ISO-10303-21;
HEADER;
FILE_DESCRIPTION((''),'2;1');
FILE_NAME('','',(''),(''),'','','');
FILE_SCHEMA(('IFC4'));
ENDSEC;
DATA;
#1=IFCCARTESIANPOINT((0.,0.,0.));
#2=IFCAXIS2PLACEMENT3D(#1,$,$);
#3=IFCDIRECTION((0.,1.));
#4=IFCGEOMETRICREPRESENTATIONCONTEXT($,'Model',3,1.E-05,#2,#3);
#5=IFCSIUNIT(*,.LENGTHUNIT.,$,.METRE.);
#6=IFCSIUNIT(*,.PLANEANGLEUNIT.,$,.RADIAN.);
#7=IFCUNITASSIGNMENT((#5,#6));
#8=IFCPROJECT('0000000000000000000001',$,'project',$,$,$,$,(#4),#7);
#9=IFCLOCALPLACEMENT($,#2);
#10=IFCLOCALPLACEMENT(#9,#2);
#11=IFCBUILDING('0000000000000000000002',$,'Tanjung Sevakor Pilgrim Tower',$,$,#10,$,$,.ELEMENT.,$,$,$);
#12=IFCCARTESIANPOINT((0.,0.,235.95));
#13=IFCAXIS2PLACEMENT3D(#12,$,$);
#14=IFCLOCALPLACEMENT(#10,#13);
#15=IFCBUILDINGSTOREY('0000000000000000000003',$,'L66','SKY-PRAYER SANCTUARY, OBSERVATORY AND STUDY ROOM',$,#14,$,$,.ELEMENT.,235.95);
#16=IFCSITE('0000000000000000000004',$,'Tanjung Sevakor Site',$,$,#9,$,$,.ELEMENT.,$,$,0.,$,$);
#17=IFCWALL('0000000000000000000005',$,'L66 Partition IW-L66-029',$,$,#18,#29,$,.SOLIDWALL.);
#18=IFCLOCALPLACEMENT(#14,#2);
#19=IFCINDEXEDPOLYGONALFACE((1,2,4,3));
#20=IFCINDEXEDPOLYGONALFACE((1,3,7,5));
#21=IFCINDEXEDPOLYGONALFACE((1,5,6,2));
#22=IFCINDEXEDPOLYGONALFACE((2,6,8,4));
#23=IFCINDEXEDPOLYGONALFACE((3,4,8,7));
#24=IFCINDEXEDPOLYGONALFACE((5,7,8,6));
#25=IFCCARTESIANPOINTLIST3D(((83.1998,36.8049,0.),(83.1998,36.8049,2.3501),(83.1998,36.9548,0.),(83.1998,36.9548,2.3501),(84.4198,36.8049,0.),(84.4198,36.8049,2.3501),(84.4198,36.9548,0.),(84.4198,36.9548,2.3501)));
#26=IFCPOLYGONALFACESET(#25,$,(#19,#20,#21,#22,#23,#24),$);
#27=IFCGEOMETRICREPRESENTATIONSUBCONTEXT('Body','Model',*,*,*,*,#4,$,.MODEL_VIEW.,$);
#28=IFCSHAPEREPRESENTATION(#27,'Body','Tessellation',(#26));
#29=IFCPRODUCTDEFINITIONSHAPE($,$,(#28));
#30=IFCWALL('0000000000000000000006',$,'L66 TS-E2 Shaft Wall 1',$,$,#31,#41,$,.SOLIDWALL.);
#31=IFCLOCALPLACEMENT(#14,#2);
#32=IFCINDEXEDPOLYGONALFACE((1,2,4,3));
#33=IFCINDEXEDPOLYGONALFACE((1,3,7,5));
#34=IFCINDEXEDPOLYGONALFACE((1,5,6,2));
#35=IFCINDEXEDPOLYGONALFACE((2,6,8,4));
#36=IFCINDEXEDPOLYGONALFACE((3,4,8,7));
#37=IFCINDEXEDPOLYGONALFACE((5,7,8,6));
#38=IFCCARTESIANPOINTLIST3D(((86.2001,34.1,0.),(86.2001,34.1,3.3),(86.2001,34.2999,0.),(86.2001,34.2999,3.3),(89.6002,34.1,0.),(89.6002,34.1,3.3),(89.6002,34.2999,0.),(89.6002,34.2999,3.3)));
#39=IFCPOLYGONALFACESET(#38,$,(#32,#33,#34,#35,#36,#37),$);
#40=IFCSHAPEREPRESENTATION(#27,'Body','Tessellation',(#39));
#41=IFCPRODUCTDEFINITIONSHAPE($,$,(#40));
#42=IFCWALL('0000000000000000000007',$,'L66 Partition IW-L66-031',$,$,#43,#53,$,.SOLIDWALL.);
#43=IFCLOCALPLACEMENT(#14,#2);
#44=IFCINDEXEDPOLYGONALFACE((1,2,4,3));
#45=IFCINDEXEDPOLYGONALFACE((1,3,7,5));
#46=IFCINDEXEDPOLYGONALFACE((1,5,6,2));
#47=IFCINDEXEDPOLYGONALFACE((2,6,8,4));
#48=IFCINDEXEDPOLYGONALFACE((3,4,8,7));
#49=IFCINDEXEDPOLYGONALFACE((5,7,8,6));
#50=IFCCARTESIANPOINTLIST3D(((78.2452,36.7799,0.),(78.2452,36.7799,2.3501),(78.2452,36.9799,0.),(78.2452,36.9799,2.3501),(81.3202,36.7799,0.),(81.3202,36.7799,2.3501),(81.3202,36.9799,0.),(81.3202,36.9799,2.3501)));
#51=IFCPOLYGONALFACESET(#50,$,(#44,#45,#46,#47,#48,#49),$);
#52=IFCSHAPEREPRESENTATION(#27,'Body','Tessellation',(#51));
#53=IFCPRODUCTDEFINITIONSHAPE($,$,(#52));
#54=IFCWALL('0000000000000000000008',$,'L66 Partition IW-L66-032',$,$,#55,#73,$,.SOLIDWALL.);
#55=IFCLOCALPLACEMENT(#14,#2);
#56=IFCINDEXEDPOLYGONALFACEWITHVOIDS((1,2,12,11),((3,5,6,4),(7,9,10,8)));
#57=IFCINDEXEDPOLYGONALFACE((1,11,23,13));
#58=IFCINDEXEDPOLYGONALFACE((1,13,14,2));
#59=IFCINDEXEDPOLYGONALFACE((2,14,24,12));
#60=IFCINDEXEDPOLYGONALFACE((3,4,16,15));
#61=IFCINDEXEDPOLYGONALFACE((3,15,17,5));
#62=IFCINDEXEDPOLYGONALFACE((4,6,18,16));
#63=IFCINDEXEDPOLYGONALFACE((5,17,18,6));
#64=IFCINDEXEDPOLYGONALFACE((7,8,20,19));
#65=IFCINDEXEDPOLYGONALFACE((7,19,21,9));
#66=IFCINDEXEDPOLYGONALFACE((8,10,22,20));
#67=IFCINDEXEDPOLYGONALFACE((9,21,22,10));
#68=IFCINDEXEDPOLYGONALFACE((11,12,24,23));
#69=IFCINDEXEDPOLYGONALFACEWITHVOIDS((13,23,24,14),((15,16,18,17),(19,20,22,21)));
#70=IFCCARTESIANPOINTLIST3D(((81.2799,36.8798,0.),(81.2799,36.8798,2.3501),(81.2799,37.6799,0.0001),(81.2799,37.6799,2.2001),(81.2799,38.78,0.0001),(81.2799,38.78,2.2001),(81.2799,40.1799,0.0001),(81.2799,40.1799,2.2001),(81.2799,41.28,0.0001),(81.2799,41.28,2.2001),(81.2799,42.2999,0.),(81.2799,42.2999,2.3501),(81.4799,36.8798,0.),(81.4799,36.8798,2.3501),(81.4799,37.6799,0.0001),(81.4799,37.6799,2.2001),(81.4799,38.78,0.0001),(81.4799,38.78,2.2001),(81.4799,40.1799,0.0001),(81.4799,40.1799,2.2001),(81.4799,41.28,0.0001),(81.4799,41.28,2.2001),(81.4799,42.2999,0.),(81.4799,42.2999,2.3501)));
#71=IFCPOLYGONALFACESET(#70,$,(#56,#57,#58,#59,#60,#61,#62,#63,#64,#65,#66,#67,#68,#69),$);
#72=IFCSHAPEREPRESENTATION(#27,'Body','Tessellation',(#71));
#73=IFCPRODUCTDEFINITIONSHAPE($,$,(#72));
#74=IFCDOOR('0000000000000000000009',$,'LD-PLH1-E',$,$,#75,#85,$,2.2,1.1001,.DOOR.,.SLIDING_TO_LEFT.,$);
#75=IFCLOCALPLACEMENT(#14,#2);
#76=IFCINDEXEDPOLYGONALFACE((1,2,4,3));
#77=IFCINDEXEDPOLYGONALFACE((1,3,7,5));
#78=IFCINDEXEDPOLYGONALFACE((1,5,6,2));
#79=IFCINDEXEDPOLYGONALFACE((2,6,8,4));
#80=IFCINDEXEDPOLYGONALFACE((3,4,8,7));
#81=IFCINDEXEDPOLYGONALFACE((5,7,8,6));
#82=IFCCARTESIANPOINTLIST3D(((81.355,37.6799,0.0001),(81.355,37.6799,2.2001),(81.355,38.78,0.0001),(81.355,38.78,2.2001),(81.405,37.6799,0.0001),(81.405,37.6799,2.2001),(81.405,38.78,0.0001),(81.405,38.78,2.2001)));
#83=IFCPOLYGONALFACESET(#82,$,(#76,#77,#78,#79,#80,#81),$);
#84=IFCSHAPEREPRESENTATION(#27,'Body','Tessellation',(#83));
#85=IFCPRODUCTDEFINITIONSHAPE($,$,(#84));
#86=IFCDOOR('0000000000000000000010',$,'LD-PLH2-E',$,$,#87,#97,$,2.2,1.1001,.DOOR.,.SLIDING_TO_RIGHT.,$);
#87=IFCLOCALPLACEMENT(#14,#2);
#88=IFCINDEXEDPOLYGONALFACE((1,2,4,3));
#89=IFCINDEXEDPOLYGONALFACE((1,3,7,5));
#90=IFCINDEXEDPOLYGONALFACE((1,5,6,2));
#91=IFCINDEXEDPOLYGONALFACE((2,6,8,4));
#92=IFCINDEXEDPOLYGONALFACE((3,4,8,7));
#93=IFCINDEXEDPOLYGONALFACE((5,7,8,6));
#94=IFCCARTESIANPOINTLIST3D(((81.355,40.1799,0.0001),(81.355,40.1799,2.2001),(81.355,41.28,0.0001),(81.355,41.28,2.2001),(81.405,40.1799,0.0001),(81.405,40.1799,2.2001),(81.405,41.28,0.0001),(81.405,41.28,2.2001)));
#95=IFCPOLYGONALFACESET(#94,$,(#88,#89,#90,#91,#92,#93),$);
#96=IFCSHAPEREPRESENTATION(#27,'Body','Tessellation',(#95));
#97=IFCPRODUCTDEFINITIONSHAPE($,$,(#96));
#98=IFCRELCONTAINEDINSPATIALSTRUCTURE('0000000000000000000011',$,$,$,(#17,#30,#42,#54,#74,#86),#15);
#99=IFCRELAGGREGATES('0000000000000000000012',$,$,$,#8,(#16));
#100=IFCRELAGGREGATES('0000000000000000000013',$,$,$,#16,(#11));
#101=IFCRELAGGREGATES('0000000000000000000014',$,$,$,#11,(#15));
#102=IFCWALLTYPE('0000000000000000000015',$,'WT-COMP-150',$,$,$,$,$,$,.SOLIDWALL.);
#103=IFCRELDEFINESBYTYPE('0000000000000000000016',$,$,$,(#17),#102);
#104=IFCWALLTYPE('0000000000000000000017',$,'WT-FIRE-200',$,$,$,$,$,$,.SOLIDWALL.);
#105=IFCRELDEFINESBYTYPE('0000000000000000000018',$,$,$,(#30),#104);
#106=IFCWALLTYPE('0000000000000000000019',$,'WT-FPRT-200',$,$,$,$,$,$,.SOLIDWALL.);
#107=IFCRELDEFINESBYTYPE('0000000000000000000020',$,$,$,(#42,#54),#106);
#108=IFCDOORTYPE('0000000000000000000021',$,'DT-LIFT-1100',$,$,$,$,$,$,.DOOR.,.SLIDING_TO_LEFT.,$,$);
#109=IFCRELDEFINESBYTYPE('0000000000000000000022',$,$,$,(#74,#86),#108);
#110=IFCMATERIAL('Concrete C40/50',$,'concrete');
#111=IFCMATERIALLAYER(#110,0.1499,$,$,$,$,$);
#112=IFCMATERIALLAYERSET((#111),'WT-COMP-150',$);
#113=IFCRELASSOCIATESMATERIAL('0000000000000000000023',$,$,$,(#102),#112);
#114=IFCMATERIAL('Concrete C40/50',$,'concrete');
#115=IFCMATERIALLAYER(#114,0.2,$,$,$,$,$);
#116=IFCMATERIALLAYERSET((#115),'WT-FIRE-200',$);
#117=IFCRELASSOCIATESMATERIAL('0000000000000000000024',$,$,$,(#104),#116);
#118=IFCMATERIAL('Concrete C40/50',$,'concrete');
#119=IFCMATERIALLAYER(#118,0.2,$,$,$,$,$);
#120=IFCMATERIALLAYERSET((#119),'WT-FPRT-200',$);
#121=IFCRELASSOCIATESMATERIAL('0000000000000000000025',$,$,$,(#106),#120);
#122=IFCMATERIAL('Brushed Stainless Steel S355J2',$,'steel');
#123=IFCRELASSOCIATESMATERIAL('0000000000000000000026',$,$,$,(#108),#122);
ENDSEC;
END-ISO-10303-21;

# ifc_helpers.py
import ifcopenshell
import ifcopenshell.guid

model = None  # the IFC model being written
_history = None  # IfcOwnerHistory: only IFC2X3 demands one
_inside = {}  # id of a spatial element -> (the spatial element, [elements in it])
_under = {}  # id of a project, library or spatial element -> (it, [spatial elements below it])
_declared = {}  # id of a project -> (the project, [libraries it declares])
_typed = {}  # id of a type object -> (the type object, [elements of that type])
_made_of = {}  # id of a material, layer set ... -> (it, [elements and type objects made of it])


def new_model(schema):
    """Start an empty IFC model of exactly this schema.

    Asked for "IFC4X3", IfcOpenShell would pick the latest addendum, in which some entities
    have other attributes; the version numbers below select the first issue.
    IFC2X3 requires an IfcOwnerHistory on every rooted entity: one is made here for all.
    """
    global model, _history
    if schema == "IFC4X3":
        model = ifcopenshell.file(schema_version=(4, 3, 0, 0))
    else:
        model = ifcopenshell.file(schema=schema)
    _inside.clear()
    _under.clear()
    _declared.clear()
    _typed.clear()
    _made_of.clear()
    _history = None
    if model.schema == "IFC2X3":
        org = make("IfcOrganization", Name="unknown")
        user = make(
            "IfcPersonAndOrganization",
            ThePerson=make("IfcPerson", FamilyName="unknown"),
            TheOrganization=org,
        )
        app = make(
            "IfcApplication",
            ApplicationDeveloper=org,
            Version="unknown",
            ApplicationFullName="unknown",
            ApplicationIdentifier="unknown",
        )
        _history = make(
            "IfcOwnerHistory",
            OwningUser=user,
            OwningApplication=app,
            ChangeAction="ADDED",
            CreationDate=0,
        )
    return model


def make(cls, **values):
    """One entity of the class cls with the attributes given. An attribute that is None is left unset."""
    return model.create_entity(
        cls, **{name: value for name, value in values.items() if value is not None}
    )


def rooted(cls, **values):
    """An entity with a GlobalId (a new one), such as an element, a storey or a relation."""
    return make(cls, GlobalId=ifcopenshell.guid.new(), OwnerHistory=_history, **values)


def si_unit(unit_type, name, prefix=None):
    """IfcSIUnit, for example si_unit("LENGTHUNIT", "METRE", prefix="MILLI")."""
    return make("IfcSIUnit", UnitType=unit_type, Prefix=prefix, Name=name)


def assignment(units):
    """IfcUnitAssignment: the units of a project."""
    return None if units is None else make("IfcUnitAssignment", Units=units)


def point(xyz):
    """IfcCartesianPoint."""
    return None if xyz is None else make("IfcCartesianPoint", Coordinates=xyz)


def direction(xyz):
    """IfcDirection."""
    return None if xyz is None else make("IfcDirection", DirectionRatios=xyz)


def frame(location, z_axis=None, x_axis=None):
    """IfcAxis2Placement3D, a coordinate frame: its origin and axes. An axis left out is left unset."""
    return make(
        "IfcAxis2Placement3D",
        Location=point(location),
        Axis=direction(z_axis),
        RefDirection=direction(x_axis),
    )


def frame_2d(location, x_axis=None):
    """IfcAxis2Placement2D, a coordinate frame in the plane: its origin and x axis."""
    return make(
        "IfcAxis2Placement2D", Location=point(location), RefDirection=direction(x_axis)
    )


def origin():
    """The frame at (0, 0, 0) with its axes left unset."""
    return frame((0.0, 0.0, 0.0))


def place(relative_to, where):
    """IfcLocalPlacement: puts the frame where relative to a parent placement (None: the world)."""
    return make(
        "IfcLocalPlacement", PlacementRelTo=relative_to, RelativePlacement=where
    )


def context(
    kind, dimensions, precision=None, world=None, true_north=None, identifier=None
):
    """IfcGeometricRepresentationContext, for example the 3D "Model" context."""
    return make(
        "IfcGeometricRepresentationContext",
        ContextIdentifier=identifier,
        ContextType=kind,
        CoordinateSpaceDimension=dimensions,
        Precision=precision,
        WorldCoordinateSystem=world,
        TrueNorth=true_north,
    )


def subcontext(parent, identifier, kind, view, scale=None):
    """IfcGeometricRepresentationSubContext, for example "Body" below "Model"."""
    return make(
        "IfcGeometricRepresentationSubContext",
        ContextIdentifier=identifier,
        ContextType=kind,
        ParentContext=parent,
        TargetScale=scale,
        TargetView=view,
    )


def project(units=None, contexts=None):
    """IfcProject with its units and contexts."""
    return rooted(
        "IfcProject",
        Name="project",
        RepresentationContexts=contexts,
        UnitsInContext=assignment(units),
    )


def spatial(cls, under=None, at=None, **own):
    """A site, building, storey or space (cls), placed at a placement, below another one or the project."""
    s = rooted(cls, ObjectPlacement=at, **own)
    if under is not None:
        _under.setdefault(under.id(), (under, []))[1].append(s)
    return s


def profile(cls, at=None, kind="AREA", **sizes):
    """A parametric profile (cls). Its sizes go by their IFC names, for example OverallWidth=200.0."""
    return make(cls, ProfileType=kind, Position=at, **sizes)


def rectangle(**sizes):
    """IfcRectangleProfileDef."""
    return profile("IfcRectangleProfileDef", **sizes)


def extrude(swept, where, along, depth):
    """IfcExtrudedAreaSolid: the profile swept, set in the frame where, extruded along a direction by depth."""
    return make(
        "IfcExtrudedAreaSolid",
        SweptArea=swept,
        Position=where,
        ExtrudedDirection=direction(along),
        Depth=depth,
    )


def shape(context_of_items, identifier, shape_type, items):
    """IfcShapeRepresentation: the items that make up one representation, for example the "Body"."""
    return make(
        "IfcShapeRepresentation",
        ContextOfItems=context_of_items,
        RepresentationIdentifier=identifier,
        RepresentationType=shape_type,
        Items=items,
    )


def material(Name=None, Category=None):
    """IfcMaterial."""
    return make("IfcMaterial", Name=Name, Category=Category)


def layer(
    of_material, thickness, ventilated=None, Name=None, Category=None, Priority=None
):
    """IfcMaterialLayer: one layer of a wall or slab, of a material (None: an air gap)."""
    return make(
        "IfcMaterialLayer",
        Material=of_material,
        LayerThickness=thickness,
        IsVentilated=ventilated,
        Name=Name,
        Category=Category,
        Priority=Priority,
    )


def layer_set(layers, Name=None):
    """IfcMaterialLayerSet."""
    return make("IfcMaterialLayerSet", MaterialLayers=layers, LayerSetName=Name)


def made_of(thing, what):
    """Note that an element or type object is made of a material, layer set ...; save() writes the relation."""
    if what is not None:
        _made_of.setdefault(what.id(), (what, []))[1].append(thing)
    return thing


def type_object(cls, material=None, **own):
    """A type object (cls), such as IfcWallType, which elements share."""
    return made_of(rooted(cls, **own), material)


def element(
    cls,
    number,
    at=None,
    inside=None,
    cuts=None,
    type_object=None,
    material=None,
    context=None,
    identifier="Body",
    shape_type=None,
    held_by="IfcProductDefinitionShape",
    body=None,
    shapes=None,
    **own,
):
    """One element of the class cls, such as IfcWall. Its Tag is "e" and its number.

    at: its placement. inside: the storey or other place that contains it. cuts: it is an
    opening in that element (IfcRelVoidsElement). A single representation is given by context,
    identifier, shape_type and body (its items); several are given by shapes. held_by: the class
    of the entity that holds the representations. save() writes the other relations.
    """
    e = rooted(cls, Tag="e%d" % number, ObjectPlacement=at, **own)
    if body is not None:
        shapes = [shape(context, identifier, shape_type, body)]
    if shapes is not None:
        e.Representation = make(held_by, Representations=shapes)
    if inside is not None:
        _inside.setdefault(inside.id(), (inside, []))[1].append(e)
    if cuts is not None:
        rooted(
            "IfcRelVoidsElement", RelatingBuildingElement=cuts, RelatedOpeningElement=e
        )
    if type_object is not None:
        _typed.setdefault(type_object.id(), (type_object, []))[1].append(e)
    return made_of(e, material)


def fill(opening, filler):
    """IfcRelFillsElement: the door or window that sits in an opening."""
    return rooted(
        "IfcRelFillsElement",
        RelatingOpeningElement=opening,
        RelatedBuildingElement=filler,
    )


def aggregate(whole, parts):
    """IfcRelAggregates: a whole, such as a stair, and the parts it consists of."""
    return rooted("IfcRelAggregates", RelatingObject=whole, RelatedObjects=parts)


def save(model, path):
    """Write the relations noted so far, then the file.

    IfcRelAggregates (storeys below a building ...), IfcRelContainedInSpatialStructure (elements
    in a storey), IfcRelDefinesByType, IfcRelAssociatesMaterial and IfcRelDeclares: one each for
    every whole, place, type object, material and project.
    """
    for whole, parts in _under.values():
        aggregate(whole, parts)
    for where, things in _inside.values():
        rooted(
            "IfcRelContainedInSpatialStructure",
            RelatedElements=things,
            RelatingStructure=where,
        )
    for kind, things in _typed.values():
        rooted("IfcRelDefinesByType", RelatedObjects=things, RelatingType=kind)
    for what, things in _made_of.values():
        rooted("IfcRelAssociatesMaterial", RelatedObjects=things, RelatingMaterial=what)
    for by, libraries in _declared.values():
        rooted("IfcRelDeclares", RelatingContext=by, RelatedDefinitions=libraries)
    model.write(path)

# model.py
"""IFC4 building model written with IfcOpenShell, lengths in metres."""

from ifc_helpers import new_model, si_unit, direction, frame, frame_2d, origin, place, context, subcontext, project, spatial, rectangle, extrude, material, layer, layer_set, type_object, element, fill, save


model = new_model("IFC4")

# Units and contexts
model_context = context("Model", 3, precision=1e-05, world=origin(), true_north=direction((0.0, 1.0)))
body_context = subcontext(model_context, "Body", "Model", "MODEL_VIEW")
ifc_project = project(units=[si_unit("LENGTHUNIT", "METRE"), si_unit("PLANEANGLEUNIT", "RADIAN")], contexts=[model_context])

# Site, building, storey
site_placement = place(None, origin())
site = spatial("IfcSite", under=ifc_project, at=site_placement, Name="Tanjung Sevakor Site", CompositionType="ELEMENT", RefElevation=0.0)
building_placement = place(site_placement, origin())
building = spatial("IfcBuilding", under=site, at=building_placement, Name="Tanjung Sevakor Pilgrim Tower", CompositionType="ELEMENT")
storey_placement = place(building_placement, frame((0.0, 0.0, 235.95)))
storey = spatial("IfcBuildingStorey", under=building, at=storey_placement, Name="L66", Description="SKY-PRAYER SANCTUARY, OBSERVATORY AND STUDY ROOM", CompositionType="ELEMENT", Elevation=235.95)

# Shared definitions
ifc_material_1 = material(Name="Concrete C40/50", Category="concrete")
ifc_layer_1 = layer(ifc_material_1, 0.1499)
ifc_layer_set_1 = layer_set([ifc_layer_1], Name="WT-COMP-150")
wall_type_1 = type_object("IfcWallType", Name="WT-COMP-150", PredefinedType="SOLIDWALL", material=ifc_layer_set_1)

# Wall
wall_1_placement = place(storey_placement, frame((83.2, 36.8799, 0.0), z_axis=(0.0, 0.0, 1.0), x_axis=(1.0, 0.0, 0.0)))
element("IfcWall", 1, at=wall_1_placement, inside=storey, type_object=wall_type_1, Name="L66 Partition IW-L66-029", PredefinedType="SOLIDWALL", context=body_context, shape_type="SweptSolid", body=[
    extrude(rectangle(XDim=1.22, YDim=0.1499, at=frame_2d((0.6099, 0.0))), origin(), (0.0, 0.0, 1.0), 2.3501),
])

# Walls
ifc_material_2 = material(Name="Concrete C40/50", Category="concrete")
ifc_layer_2 = layer(ifc_material_2, 0.2)
ifc_layer_set_2 = layer_set([ifc_layer_2], Name="WT-FIRE-200")
wall_type_2 = type_object("IfcWallType", Name="WT-FIRE-200", PredefinedType="SOLIDWALL", material=ifc_layer_set_2)
wall_2_placement = place(storey_placement, frame((86.2, 34.2, 0.0), z_axis=(0.0, 0.0, 1.0), x_axis=(1.0, 0.0, 0.0)))
element("IfcWall", 2, at=wall_2_placement, inside=storey, type_object=wall_type_2, Name="L66 TS-E2 Shaft Wall 1", PredefinedType="SOLIDWALL", context=body_context, shape_type="SweptSolid", body=[
    extrude(rectangle(XDim=3.4001, YDim=0.2, at=frame_2d((1.7002, 0.0))), origin(), (0.0, 0.0, 1.0), 3.3),
])
ifc_material_3 = material(Name="Concrete C40/50", Category="concrete")
ifc_layer_3 = layer(ifc_material_3, 0.2)
ifc_layer_set_3 = layer_set([ifc_layer_3], Name="WT-FPRT-200")
wall_type_3 = type_object("IfcWallType", Name="WT-FPRT-200", PredefinedType="SOLIDWALL", material=ifc_layer_set_3)
wall_3_placement = place(storey_placement, frame((78.2451, 36.8799, 0.0), z_axis=(0.0, 0.0, 1.0), x_axis=(1.0, 0.0, 0.0)))
element("IfcWall", 3, at=wall_3_placement, inside=storey, type_object=wall_type_3, Name="L66 Partition IW-L66-031", PredefinedType="SOLIDWALL", context=body_context, shape_type="SweptSolid", body=[
    extrude(rectangle(XDim=3.075, YDim=0.2, at=frame_2d((1.5376, 0.0))), origin(), (0.0, 0.0, 1.0), 2.3501),
])

# Wall, openings, doors
wall_4_placement = place(storey_placement, frame((81.3799, 36.8799, 0.0), z_axis=(0.0, 0.0, 1.0), x_axis=(0.0, 1.0, 0.0)))
wall_4 = element("IfcWall", 4, at=wall_4_placement, inside=storey, type_object=wall_type_3, Name="L66 Partition IW-L66-032", PredefinedType="SOLIDWALL", context=body_context, shape_type="SweptSolid", body=[
    extrude(rectangle(XDim=5.4202, YDim=0.2, at=frame_2d((2.71, 0.0))), origin(), (0.0, 0.0, 1.0), 2.3501),
])
opening_1_placement = place(wall_4_placement, frame((0.8, 0.0, 0.0)))
opening_1 = element("IfcOpeningElement", 5, at=opening_1_placement, cuts=wall_4, PredefinedType="OPENING", context=body_context, shape_type="SweptSolid", body=[
    extrude(rectangle(XDim=1.1001, YDim=2.2, at=frame_2d((0.55, 1.1001))), frame((0.0, 0.1099, 0.0), z_axis=(0.0, -1.0, 0.0), x_axis=(1.0, 0.0, 0.0)), (0.0, 0.0, 1.0), 0.22),
])
opening_2_placement = place(wall_4_placement, frame((3.3, 0.0, 0.0)))
opening_2 = element("IfcOpeningElement", 6, at=opening_2_placement, cuts=wall_4, PredefinedType="OPENING", context=body_context, shape_type="SweptSolid", body=[
    extrude(rectangle(XDim=1.1001, YDim=2.2, at=frame_2d((0.55, 1.1001))), frame((0.0, 0.1099, 0.0), z_axis=(0.0, -1.0, 0.0), x_axis=(1.0, 0.0, 0.0)), (0.0, 0.0, 1.0), 0.22),
])
ifc_material_4 = material(Name="Brushed Stainless Steel S355J2", Category="steel")
door_type_1 = type_object("IfcDoorType", Name="DT-LIFT-1100", OperationType="SLIDING_TO_LEFT", PredefinedType="DOOR", material=ifc_material_4)
door_1_placement = place(opening_1_placement, origin())
door_1 = element("IfcDoor", 7, at=door_1_placement, inside=storey, type_object=door_type_1, Name="LD-PLH1-E", OperationType="SLIDING_TO_LEFT", OverallHeight=2.2, OverallWidth=1.1001, PredefinedType="DOOR", context=body_context, shape_type="SweptSolid", body=[
    extrude(rectangle(XDim=1.1001, YDim=2.2, at=frame_2d((0.55, 1.1001))), frame((0.0, 0.0249, 0.0), z_axis=(0.0, -1.0, 0.0), x_axis=(1.0, 0.0, 0.0)), (0.0, 0.0, 1.0), 0.05),
])
fill(opening_1, door_1)
door_2_placement = place(opening_2_placement, origin())
door_2 = element("IfcDoor", 8, at=door_2_placement, inside=storey, type_object=door_type_1, Name="LD-PLH2-E", OperationType="SLIDING_TO_RIGHT", OverallHeight=2.2, OverallWidth=1.1001, PredefinedType="DOOR", context=body_context, shape_type="SweptSolid", body=[
    extrude(rectangle(XDim=1.1001, YDim=2.2, at=frame_2d((0.55, 1.1001))), frame((0.0, 0.0249, 0.0), z_axis=(0.0, -1.0, 0.0), x_axis=(1.0, 0.0, 0.0)), (0.0, 0.0, 1.0), 0.05),
])
fill(opening_2, door_2)

save(model, "model.ifc")
